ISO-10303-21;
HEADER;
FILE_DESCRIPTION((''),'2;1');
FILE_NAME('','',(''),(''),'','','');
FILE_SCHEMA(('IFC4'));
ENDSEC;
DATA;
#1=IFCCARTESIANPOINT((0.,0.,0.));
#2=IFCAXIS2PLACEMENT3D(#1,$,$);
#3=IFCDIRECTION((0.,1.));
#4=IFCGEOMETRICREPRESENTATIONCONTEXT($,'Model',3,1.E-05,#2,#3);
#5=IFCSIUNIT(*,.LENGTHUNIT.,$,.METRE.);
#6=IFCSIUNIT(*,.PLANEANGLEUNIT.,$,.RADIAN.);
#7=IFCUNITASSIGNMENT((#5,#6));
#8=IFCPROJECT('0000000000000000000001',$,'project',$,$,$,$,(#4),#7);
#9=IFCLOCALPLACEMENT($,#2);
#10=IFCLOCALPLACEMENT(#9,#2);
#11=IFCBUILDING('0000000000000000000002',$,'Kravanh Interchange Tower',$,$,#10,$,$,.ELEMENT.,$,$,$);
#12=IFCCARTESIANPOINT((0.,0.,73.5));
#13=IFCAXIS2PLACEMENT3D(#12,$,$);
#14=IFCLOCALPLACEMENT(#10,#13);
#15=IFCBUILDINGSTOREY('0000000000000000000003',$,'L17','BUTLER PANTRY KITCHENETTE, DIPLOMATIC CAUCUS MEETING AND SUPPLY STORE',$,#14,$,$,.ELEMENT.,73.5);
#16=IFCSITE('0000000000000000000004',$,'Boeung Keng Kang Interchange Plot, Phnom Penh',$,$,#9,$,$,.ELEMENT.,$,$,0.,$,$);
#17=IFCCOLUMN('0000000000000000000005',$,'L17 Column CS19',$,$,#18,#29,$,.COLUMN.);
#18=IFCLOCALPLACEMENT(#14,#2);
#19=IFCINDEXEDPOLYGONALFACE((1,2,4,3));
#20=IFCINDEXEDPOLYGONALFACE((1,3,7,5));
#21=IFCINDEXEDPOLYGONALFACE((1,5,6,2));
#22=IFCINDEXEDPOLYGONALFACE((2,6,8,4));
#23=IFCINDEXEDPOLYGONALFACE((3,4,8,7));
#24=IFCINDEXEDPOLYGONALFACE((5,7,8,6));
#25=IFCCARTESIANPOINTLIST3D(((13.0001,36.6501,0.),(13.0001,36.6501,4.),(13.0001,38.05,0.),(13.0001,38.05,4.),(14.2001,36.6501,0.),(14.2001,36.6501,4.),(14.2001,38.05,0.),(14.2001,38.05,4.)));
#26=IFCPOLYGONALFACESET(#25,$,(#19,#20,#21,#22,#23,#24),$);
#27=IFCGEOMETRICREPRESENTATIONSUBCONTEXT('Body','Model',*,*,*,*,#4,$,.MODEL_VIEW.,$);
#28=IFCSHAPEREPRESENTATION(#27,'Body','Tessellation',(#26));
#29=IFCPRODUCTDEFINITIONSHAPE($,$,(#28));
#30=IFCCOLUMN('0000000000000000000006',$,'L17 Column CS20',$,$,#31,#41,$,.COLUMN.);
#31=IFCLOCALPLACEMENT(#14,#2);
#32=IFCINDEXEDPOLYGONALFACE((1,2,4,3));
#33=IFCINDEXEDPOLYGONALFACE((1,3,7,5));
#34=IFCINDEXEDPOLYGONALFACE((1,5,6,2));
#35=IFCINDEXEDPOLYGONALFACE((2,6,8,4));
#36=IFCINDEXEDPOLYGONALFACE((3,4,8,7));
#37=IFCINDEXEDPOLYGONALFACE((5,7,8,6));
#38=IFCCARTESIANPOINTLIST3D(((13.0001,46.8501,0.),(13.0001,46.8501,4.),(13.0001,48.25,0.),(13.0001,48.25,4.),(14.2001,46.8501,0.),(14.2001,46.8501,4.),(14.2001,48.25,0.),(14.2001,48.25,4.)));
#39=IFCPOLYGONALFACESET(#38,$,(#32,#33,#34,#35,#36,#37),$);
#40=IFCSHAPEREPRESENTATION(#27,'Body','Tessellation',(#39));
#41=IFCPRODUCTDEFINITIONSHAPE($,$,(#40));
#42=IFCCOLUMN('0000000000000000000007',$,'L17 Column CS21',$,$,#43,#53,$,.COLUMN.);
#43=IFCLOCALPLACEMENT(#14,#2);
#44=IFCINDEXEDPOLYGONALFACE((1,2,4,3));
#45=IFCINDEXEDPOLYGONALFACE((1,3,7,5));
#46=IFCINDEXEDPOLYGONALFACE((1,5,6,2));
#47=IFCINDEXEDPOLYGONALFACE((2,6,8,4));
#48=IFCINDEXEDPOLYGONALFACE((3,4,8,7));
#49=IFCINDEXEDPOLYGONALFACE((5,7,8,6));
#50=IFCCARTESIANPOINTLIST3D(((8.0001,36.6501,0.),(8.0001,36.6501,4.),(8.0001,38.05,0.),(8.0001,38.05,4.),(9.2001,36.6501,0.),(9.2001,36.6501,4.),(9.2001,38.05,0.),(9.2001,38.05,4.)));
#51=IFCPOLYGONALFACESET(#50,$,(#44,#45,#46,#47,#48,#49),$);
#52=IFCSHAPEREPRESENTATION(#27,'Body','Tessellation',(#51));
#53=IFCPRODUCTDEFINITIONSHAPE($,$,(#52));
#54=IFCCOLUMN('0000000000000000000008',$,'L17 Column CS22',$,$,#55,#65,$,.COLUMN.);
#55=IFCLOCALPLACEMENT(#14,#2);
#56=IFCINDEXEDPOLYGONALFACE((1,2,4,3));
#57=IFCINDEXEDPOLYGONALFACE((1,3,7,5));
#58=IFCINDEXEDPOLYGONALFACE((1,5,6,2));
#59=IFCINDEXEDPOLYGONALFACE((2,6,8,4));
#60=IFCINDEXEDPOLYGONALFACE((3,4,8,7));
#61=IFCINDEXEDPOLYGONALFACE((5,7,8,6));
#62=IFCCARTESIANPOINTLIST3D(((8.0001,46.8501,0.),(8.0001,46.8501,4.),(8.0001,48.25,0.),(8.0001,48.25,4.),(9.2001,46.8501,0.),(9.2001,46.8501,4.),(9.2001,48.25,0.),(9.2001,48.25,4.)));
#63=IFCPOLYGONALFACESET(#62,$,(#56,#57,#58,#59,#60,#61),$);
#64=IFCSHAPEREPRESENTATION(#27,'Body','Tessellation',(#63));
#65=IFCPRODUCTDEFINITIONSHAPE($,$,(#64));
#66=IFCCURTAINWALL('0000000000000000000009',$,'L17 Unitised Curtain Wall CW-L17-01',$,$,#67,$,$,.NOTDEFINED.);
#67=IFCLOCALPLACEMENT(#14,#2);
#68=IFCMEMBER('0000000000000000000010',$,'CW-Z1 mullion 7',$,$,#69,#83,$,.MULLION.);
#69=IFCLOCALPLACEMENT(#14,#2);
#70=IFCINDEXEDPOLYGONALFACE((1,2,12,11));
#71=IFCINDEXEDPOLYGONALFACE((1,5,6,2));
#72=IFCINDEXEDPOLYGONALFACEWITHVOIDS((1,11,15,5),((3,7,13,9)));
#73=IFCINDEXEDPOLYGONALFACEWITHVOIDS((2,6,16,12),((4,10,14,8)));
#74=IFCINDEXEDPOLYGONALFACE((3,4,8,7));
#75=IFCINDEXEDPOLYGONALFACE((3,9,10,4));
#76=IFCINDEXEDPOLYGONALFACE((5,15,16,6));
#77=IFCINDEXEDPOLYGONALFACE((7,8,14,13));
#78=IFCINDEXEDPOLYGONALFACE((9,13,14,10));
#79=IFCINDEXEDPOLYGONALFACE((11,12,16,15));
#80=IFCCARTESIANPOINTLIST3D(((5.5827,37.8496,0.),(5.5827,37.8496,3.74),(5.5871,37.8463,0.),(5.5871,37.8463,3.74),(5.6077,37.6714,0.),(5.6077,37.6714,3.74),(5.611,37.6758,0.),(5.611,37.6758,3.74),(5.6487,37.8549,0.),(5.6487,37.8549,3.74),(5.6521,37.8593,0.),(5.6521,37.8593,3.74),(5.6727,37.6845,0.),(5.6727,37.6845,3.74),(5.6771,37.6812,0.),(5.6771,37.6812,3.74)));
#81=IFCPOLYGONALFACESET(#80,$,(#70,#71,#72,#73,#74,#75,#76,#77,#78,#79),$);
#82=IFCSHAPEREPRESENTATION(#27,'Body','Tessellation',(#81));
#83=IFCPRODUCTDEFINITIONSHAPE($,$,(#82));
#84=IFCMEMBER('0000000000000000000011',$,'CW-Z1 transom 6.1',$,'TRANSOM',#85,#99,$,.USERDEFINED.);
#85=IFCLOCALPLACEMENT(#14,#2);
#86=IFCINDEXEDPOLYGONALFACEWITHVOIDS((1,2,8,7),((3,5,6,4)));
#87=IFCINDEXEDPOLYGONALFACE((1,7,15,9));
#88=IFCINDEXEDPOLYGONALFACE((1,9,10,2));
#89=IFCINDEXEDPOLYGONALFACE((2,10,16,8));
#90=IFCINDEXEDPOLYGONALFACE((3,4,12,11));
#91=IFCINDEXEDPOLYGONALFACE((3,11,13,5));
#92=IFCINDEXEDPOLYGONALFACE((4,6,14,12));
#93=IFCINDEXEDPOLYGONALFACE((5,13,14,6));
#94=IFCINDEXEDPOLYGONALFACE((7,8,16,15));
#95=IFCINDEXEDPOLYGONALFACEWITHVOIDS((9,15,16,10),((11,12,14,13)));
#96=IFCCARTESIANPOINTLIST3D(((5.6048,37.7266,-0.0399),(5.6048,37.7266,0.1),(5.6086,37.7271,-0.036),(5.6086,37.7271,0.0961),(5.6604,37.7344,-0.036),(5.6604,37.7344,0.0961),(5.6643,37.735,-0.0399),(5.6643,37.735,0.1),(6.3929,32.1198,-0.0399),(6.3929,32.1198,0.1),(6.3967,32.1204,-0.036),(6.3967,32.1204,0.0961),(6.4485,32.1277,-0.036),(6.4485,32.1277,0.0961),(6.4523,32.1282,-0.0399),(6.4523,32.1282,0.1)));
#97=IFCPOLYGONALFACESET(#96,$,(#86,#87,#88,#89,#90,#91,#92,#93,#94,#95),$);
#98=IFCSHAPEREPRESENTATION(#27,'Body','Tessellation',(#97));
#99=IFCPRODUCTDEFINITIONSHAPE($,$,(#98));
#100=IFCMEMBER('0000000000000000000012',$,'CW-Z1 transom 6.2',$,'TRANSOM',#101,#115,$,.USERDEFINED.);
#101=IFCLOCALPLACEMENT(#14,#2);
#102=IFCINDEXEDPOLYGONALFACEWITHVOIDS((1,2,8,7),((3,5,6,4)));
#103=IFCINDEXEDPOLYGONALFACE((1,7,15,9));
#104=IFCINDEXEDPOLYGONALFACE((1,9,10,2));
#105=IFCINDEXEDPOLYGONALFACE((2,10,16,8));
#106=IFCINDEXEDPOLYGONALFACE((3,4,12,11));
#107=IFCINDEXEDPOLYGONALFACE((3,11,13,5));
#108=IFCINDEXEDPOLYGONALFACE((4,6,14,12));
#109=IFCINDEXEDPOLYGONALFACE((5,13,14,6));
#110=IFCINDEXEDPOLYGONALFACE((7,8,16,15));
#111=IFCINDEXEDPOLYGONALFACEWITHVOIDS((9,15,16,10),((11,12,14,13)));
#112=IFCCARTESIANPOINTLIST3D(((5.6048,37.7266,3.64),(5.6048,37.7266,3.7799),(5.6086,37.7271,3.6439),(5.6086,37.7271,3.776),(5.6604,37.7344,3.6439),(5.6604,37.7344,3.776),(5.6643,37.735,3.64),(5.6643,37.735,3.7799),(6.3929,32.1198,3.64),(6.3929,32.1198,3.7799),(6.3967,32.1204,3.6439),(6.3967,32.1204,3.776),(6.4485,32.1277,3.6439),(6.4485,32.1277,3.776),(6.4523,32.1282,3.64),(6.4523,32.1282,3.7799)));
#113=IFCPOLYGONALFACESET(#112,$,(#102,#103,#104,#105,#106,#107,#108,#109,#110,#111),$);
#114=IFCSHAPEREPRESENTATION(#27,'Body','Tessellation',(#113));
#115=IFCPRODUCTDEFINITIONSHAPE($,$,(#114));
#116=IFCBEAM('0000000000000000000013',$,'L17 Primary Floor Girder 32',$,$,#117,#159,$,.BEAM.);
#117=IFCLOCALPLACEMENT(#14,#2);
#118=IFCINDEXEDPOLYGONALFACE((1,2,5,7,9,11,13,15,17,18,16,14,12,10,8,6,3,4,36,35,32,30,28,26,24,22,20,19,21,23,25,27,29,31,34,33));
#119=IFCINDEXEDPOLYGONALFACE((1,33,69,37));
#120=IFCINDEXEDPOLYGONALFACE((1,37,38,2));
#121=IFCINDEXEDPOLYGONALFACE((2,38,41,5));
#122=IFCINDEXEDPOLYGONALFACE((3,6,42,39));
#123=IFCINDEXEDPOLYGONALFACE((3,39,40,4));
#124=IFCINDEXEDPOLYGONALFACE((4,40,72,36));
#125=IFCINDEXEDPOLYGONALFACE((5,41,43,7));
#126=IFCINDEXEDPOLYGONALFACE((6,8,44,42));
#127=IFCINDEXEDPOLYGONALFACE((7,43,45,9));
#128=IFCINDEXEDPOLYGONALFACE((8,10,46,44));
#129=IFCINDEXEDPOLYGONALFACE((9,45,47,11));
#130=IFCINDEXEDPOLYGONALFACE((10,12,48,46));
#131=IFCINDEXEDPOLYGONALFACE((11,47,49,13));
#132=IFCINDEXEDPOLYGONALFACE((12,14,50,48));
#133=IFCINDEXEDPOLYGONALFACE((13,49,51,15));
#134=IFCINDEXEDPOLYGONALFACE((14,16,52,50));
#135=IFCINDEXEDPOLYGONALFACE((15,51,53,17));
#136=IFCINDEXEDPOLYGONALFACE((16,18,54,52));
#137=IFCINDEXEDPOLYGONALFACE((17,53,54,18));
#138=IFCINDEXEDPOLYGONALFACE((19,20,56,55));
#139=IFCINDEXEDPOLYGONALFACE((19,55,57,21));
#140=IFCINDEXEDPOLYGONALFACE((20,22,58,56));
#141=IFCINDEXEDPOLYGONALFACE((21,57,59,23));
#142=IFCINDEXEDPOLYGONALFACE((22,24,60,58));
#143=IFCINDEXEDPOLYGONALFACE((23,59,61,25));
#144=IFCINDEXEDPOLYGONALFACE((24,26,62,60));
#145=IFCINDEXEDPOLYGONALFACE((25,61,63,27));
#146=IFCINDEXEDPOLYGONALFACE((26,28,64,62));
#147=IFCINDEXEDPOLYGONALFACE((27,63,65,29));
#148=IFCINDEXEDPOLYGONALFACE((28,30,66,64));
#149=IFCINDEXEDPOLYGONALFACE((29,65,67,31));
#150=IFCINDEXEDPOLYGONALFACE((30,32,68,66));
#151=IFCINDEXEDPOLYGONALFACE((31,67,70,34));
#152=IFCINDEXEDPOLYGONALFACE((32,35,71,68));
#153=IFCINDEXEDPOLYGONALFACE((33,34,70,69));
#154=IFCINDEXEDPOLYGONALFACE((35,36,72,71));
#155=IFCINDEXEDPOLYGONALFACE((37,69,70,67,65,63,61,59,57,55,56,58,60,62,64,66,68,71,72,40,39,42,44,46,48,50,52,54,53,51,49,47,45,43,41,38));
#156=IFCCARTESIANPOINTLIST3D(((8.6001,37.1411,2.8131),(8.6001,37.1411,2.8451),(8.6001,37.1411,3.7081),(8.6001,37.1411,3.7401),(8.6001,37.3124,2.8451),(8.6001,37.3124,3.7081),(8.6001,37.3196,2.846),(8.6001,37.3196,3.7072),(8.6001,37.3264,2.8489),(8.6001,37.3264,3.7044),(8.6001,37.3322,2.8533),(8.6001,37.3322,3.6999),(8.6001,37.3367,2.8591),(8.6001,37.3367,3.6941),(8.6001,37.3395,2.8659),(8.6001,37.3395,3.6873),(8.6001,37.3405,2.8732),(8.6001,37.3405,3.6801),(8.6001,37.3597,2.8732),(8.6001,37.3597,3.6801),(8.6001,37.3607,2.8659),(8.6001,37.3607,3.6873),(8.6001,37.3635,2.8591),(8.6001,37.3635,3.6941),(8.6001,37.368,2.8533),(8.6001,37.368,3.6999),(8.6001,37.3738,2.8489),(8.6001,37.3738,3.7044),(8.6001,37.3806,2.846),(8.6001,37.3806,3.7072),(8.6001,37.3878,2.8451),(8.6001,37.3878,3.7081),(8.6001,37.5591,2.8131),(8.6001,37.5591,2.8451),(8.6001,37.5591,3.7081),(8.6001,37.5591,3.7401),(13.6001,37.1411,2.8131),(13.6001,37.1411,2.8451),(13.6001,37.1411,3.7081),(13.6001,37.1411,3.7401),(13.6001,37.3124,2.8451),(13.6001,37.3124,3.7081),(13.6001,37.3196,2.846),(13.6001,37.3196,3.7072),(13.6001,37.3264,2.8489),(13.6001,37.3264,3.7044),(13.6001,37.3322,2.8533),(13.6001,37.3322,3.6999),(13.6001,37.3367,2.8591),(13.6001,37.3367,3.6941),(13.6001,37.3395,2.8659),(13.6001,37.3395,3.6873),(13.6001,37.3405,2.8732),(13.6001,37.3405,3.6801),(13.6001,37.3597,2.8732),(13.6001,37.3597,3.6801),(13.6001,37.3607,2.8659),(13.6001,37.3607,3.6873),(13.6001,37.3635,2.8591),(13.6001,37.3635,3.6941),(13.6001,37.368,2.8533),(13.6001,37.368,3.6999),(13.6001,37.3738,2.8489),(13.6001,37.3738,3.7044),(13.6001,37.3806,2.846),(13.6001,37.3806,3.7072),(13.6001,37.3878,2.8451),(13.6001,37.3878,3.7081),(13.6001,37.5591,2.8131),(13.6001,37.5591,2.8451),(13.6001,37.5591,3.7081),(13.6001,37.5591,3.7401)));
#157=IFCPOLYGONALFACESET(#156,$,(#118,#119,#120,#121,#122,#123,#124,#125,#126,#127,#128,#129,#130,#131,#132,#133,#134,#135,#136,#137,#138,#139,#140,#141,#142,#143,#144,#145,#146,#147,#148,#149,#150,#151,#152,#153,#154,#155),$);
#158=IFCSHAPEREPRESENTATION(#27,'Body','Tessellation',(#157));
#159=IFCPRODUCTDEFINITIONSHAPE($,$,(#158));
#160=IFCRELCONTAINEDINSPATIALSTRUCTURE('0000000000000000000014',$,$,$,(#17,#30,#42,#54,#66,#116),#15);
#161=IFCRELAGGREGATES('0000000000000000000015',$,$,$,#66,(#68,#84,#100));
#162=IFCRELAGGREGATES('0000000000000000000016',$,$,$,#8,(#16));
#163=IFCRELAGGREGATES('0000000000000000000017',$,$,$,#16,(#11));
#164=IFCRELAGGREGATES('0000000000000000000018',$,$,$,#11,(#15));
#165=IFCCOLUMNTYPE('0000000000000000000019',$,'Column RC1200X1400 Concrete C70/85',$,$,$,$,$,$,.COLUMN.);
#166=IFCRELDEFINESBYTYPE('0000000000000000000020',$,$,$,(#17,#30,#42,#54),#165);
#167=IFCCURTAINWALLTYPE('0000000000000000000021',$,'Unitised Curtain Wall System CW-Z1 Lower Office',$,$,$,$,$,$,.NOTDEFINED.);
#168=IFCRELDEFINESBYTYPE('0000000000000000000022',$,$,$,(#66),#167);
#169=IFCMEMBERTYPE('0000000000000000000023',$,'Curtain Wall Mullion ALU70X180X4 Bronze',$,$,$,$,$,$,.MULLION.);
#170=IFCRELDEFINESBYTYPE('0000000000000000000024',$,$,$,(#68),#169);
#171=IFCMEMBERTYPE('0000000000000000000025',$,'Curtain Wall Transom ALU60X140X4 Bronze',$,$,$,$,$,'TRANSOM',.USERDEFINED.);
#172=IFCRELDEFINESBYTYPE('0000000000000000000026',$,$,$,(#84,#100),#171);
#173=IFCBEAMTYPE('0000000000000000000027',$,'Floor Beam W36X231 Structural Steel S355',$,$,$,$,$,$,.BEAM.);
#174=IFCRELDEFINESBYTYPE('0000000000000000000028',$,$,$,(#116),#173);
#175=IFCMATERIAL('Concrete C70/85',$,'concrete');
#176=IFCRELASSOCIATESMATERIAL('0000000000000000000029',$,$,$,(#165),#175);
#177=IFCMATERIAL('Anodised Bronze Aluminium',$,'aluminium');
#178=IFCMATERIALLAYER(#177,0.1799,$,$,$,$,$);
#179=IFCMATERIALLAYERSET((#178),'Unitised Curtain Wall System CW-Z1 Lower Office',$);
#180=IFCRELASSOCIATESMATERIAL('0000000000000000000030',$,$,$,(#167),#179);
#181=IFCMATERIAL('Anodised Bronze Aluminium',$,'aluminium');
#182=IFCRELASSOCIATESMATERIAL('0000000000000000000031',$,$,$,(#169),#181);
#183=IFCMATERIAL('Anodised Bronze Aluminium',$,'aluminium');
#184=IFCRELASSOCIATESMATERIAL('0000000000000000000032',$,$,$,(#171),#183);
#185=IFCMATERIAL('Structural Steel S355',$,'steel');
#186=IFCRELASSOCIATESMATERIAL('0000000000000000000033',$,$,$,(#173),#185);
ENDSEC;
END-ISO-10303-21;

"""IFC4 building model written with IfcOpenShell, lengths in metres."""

from ifc_helpers import new_model, si_unit, direction, frame, origin, origin_2d, place, context, subcontext, project, spatial, rectangle, hollow_rectangle, i_section, extrude, material, layer, layer_set, material_profile, profile_set, type_object, element, aggregate, save


model = new_model("IFC4")

# Units and contexts
model_context = context("Model", 3, precision=1e-05, world=origin(), true_north=direction((0.0, 1.0)))
body_context = subcontext(model_context, "Body", "Model", "MODEL_VIEW")
ifc_project = project(units=[si_unit("LENGTHUNIT", "METRE"), si_unit("PLANEANGLEUNIT", "RADIAN")], contexts=[model_context])

# Site, building, storey
site_placement = place(None, origin())
site = spatial("IfcSite", under=ifc_project, at=site_placement, Name="Boeung Keng Kang Interchange Plot, Phnom Penh", CompositionType="ELEMENT", RefElevation=0.0)
building_placement = place(site_placement, origin())
building = spatial("IfcBuilding", under=site, at=building_placement, Name="Kravanh Interchange Tower", CompositionType="ELEMENT")
storey_placement = place(building_placement, frame((0.0, 0.0, 73.5)))
storey = spatial("IfcBuildingStorey", under=building, at=storey_placement, Name="L17", Description="BUTLER PANTRY KITCHENETTE, DIPLOMATIC CAUCUS MEETING AND SUPPLY STORE", CompositionType="ELEMENT", Elevation=73.5)

# Columns
ifc_material_1 = material(Name="Concrete C70/85", Category="concrete")
ifc_material_profile_1 = material_profile(ifc_material_1, rectangle(XDim=1.2, YDim=1.3999, at=origin_2d()), Name="RC1200X1400")
ifc_profile_set_1 = profile_set([ifc_material_profile_1], Name="Concrete C70/85")
column_type = type_object("IfcColumnType", Name="Column RC1200X1400 Concrete C70/85", PredefinedType="COLUMN", material=ifc_profile_set_1)
for number, where, z_axis, x_axis, name in (
    (1, (13.6001, 37.3501, 0.0), (0.0, 0.0, 1.0), (1.0, 0.0, 0.0), "L17 Column CS19"),
    (2, (13.6001, 47.55, 0.0), (0.0, 0.0, 1.0), (1.0, 0.0, 0.0), "L17 Column CS20"),
    (3, (8.6001, 37.3501, 0.0), (0.0, 0.0, 1.0), (1.0, 0.0, 0.0), "L17 Column CS21"),
    (4, (8.6001, 47.55, 0.0), (0.0, 0.0, 1.0), (1.0, 0.0, 0.0), "L17 Column CS22"),
):
    element("IfcColumn", number, at=place(storey_placement, frame(where, z_axis=z_axis, x_axis=x_axis)), inside=storey, type_object=column_type, Name=name, PredefinedType="COLUMN", context=body_context, shape_type="SweptSolid", body=[
        extrude(rectangle(XDim=1.2, YDim=1.3999, at=origin_2d()), origin(), (0.0, 0.0, 1.0), 4.0),
    ])

# Curtain wall, members
ifc_material_2 = material(Name="Anodised Bronze Aluminium", Category="aluminium")
ifc_layer_1 = layer(ifc_material_2, 0.1799)
ifc_layer_set_1 = layer_set([ifc_layer_1], Name="Unitised Curtain Wall System CW-Z1 Lower Office")
curtain_wall_type = type_object("IfcCurtainWallType", Name="Unitised Curtain Wall System CW-Z1 Lower Office", PredefinedType="NOTDEFINED", material=ifc_layer_set_1)
curtain_wall_placement = place(storey_placement, origin())
curtain_wall = element("IfcCurtainWall", 5, at=curtain_wall_placement, inside=storey, type_object=curtain_wall_type, Name="L17 Unitised Curtain Wall CW-L17-01", PredefinedType="NOTDEFINED")
ifc_material_3 = material(Name="Anodised Bronze Aluminium", Category="aluminium")
ifc_material_profile_2 = material_profile(ifc_material_3, hollow_rectangle(XDim=0.0701, YDim=0.1799, WallThickness=0.0039, at=origin_2d()), Name="ALU70X180X4")
ifc_profile_set_2 = profile_set([ifc_material_profile_2], Name="Anodised Bronze Aluminium")
member_type_1 = type_object("IfcMemberType", Name="Curtain Wall Mullion ALU70X180X4 Bronze", PredefinedType="MULLION", material=ifc_profile_set_2)
member_1_placement = place(storey_placement, frame((5.6299, 37.7654, 0.0), z_axis=(0.0, 0.0, 1.0), x_axis=(-0.990268, -0.139177, 0.0)))
member_1 = element("IfcMember", 6, at=member_1_placement, type_object=member_type_1, Name="CW-Z1 mullion 7", PredefinedType="MULLION", context=body_context, shape_type="SweptSolid", body=[
    extrude(hollow_rectangle(XDim=0.0701, YDim=0.1799, WallThickness=0.0039, at=origin_2d()), origin(), (0.0, 0.0, 1.0), 3.74),
])
ifc_material_4 = material(Name="Anodised Bronze Aluminium", Category="aluminium")
ifc_material_profile_3 = material_profile(ifc_material_4, hollow_rectangle(XDim=0.0601, YDim=0.1399, WallThickness=0.0039, at=origin_2d()), Name="ALU60X140X4")
ifc_profile_set_3 = profile_set([ifc_material_profile_3], Name="Anodised Bronze Aluminium")
member_type_2 = type_object("IfcMemberType", Name="Curtain Wall Transom ALU60X140X4 Bronze", ElementType="TRANSOM", PredefinedType="USERDEFINED", material=ifc_profile_set_3)
member_2_placement = place(storey_placement, frame((6.4226, 32.124, 0.03), z_axis=(-0.139193, 0.990265, 0.0), x_axis=(-0.990265, -0.139193, 0.0)))
member_2 = element("IfcMember", 7, at=member_2_placement, type_object=member_type_2, Name="CW-Z1 transom 6.1", ObjectType="TRANSOM", PredefinedType="USERDEFINED", context=body_context, shape_type="SweptSolid", body=[
    extrude(hollow_rectangle(XDim=0.0601, YDim=0.1399, WallThickness=0.0039, at=origin_2d()), origin(), (0.0, 0.0, 1.0), 5.6619),
])
member_3_placement = place(storey_placement, frame((6.4226, 32.124, 3.71), z_axis=(-0.139193, 0.990265, 0.0), x_axis=(-0.990265, -0.139193, 0.0)))
member_3 = element("IfcMember", 8, at=member_3_placement, type_object=member_type_2, Name="CW-Z1 transom 6.2", ObjectType="TRANSOM", PredefinedType="USERDEFINED", context=body_context, shape_type="SweptSolid", body=[
    extrude(hollow_rectangle(XDim=0.0601, YDim=0.1399, WallThickness=0.0039, at=origin_2d()), origin(), (0.0, 0.0, 1.0), 5.6619),
])

# Beam
ifc_material_5 = material(Name="Structural Steel S355", Category="steel")
ifc_material_profile_4 = material_profile(ifc_material_5, i_section(OverallWidth=0.418, OverallDepth=0.927, WebThickness=0.0193, FlangeThickness=0.032, FilletRadius=0.0281, at=origin_2d()), Name="W36X231")
ifc_profile_set_4 = profile_set([ifc_material_profile_4], Name="Structural Steel S355")
beam_type = type_object("IfcBeamType", Name="Floor Beam W36X231 Structural Steel S355", PredefinedType="BEAM", material=ifc_profile_set_4)
beam_1_placement = place(storey_placement, frame((13.6001, 37.3501, 3.2766), z_axis=(-1.0, 0.0, 0.0), x_axis=(0.0, -1.0, 0.0)))
element("IfcBeam", 9, at=beam_1_placement, inside=storey, type_object=beam_type, Name="L17 Primary Floor Girder 32", PredefinedType="BEAM", context=body_context, shape_type="SweptSolid", body=[
    extrude(i_section(OverallWidth=0.418, OverallDepth=0.927, WebThickness=0.0193, FlangeThickness=0.032, FilletRadius=0.0281, at=origin_2d()), origin(), (0.0, 0.0, 1.0), 5.0),
])

aggregate(curtain_wall, [member_1, member_2, member_3])

save(model, "model.ifc")
